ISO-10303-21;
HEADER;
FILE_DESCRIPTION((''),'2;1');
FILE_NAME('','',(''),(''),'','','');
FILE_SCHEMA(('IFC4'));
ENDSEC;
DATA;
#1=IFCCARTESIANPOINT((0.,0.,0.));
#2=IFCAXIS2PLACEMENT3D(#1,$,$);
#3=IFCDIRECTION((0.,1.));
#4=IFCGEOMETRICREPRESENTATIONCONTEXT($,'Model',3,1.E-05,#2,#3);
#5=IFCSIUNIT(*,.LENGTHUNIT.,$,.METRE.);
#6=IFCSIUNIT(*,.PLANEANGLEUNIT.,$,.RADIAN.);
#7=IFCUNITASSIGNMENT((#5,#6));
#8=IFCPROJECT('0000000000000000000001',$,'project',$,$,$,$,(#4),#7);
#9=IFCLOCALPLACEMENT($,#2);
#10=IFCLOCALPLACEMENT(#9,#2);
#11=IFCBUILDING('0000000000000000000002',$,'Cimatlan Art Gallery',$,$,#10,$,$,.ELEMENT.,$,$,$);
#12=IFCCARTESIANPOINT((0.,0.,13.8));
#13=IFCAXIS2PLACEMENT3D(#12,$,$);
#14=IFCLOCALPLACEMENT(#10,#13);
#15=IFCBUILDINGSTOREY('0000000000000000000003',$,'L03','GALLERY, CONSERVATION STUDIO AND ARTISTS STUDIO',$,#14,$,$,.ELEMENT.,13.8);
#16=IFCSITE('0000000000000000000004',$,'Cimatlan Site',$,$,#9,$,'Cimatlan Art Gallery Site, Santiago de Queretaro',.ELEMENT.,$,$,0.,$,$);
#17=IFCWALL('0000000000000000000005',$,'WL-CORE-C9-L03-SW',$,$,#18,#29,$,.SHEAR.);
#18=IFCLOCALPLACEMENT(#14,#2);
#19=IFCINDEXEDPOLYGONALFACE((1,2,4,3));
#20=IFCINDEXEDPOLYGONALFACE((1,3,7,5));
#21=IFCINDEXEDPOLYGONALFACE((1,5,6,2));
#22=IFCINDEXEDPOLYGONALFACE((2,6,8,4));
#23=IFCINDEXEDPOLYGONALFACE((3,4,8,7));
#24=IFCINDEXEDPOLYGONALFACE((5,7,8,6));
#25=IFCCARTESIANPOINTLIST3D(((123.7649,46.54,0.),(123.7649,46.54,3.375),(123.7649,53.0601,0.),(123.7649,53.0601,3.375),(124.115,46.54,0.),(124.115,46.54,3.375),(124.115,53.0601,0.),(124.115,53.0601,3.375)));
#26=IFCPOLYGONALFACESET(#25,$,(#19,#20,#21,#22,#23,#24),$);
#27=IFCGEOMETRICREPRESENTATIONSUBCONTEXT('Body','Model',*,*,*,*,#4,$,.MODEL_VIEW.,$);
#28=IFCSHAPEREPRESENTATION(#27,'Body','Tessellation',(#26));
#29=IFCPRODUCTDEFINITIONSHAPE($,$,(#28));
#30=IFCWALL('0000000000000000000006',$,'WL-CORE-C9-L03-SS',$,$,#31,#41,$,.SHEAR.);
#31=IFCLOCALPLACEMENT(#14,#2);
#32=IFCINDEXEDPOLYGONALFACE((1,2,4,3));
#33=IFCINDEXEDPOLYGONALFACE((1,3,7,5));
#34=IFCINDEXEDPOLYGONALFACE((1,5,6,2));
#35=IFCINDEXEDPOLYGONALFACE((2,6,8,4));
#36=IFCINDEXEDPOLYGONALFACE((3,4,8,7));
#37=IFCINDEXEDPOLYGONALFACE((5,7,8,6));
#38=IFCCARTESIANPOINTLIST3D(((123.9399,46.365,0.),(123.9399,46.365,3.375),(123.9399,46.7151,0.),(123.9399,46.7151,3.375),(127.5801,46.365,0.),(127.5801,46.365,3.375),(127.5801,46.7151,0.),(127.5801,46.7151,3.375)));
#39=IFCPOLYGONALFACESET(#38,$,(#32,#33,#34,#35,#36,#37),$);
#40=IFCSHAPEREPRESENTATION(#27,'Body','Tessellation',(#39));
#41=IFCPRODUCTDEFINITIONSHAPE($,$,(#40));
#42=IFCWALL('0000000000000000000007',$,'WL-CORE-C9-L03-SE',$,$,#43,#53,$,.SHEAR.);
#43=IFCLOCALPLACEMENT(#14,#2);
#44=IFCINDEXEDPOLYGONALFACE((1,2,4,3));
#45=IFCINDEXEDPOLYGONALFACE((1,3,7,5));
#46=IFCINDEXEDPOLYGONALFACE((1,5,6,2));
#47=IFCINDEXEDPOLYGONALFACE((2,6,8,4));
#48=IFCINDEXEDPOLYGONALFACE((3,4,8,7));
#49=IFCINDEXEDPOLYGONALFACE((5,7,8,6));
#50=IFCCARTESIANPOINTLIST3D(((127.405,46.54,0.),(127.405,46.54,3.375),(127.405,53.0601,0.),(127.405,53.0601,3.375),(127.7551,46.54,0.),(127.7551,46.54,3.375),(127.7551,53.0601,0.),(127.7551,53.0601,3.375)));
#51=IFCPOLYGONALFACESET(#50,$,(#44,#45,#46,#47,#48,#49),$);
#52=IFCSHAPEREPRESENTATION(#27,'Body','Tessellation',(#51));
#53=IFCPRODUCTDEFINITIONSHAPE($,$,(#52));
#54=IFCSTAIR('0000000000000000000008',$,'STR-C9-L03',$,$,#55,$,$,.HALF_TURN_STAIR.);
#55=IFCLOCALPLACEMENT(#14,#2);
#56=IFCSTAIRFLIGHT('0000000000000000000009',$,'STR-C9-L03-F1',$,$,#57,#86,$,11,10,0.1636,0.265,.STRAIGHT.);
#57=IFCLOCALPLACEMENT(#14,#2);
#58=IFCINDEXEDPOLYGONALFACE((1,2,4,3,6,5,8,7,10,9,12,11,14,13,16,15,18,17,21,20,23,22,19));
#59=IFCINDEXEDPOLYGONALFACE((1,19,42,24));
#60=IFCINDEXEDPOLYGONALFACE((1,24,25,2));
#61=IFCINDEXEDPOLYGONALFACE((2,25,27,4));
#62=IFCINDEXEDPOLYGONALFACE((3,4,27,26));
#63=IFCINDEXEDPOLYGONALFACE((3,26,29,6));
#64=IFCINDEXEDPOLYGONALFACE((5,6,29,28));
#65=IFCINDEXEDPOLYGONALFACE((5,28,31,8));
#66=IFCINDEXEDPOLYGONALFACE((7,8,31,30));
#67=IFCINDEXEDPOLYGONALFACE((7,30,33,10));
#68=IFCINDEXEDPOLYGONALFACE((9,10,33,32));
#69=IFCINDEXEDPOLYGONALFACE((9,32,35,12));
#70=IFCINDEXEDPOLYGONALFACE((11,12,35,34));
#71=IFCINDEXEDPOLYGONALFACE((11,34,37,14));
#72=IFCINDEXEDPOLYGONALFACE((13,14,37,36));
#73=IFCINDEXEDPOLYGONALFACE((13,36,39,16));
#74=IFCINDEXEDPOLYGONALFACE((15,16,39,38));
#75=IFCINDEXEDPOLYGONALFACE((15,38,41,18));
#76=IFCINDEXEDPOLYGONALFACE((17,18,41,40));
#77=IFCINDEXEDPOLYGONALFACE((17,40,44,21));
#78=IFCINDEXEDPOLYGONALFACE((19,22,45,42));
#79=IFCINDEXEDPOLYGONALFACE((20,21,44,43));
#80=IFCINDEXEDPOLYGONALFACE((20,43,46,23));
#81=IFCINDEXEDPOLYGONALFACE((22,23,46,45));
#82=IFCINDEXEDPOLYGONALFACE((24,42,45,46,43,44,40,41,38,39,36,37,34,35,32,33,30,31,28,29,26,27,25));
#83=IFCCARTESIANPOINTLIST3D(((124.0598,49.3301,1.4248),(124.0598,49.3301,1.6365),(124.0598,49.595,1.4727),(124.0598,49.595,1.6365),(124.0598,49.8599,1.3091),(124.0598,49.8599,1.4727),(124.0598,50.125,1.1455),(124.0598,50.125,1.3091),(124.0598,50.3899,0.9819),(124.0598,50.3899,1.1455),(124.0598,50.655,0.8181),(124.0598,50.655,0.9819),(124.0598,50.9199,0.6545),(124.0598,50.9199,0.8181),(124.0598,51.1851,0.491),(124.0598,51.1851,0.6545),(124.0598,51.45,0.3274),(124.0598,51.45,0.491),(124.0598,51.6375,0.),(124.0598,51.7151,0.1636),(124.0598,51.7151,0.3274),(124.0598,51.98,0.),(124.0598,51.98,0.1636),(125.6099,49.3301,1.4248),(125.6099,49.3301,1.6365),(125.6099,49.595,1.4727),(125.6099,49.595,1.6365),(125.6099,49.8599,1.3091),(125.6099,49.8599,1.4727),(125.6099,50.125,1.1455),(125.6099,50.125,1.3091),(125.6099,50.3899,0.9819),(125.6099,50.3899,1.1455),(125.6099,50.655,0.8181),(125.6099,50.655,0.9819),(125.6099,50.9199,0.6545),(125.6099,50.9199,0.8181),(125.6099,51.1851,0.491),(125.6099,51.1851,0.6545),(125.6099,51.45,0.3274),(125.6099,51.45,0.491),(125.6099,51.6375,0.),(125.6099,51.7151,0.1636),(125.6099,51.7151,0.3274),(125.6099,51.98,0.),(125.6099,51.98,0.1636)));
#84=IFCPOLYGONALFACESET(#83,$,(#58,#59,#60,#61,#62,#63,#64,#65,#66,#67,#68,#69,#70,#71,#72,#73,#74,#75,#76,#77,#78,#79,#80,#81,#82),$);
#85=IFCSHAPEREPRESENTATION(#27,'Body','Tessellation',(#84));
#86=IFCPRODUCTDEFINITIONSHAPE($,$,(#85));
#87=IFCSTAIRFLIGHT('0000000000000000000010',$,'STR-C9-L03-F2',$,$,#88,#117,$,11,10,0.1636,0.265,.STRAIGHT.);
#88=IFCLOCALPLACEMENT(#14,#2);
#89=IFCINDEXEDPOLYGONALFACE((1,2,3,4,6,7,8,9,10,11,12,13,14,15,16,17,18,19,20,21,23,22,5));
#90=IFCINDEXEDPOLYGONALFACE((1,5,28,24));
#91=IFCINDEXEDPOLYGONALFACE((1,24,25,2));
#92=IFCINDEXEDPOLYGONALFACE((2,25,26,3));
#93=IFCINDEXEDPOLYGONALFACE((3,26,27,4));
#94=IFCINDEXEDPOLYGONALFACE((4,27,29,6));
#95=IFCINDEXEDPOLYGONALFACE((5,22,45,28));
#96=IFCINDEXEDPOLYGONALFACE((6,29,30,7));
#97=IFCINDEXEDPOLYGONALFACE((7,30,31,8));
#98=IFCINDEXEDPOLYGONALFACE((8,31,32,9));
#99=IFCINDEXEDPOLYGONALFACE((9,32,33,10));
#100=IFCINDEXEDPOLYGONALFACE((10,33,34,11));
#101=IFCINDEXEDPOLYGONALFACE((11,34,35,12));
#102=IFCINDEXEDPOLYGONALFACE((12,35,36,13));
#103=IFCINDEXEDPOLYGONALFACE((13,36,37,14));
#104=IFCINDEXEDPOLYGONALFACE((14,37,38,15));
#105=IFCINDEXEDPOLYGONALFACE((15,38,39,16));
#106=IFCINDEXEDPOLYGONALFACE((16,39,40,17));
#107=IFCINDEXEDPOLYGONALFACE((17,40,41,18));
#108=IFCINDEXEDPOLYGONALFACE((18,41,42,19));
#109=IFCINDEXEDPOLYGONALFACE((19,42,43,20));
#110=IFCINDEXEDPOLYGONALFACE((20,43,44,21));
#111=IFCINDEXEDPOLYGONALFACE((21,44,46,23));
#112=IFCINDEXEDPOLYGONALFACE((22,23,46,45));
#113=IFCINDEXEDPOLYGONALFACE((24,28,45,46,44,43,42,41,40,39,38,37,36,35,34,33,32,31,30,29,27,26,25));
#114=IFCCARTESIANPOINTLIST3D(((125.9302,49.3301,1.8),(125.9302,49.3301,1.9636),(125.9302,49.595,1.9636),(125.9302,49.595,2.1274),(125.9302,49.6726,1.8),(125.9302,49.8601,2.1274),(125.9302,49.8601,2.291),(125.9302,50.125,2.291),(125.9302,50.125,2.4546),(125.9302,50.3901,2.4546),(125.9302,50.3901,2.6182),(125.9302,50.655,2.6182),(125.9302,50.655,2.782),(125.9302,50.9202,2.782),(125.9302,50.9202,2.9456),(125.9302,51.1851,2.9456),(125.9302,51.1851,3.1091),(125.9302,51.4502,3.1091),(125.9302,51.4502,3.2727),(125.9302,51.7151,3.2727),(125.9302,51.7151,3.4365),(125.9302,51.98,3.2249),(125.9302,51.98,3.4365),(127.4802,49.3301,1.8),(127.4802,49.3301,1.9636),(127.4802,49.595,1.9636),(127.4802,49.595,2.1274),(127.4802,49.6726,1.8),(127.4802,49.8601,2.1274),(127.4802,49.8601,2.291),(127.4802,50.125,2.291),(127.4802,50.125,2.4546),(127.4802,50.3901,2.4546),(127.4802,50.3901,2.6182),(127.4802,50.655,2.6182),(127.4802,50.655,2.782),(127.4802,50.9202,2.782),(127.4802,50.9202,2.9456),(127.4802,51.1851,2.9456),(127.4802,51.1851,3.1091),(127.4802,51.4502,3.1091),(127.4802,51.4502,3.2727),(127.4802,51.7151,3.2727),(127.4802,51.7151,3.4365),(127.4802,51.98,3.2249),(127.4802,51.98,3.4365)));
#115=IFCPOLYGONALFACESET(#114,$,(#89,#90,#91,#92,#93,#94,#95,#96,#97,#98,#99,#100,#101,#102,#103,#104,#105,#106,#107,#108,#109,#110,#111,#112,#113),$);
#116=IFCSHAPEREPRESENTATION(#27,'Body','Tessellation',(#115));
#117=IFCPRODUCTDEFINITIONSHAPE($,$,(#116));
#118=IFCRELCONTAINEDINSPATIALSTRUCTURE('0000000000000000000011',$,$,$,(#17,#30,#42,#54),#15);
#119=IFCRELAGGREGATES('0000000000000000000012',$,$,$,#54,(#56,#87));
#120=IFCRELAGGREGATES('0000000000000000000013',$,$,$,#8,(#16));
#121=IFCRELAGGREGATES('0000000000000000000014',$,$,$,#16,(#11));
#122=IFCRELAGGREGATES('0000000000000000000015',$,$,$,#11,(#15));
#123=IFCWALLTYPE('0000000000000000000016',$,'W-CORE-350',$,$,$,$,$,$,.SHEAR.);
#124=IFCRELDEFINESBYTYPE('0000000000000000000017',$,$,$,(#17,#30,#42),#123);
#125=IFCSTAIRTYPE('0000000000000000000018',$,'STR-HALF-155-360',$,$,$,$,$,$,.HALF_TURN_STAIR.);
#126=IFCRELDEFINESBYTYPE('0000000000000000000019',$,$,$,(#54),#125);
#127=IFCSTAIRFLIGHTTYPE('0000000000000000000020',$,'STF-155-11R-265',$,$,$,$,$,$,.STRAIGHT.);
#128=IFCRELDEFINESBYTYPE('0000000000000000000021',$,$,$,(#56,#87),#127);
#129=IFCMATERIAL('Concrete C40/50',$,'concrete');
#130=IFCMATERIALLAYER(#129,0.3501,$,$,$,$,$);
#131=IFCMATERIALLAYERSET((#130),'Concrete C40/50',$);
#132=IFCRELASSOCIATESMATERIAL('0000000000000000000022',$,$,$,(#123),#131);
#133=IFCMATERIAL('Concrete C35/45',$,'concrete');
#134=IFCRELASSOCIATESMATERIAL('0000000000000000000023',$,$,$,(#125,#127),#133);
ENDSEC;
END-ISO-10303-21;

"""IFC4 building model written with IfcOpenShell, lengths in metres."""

from ifc_helpers import new_model, si_unit, direction, frame, frame_2d, origin, place, context, subcontext, project, spatial, polyline, rectangle, outline, extrude, material, layer, layer_set, type_object, element, aggregate, save


model = new_model("IFC4")

# Units and contexts
model_context = context("Model", 3, precision=1e-05, world=origin(), true_north=direction((0.0, 1.0)))
body_context = subcontext(model_context, "Body", "Model", "MODEL_VIEW")
ifc_project = project(units=[si_unit("LENGTHUNIT", "METRE"), si_unit("PLANEANGLEUNIT", "RADIAN")], contexts=[model_context])

# Site, building, storey
site_placement = place(None, origin())
site = spatial("IfcSite", under=ifc_project, at=site_placement, Name="Cimatlan Site", LongName="Cimatlan Art Gallery Site, Santiago de Queretaro", CompositionType="ELEMENT", RefElevation=0.0)
building_placement = place(site_placement, origin())
building = spatial("IfcBuilding", under=site, at=building_placement, Name="Cimatlan Art Gallery", CompositionType="ELEMENT")
storey_placement = place(building_placement, frame((0.0, 0.0, 13.8)))
storey = spatial("IfcBuildingStorey", under=building, at=storey_placement, Name="L03", Description="GALLERY, CONSERVATION STUDIO AND ARTISTS STUDIO", CompositionType="ELEMENT", Elevation=13.8)

# Walls
ifc_material_1 = material(Name="Concrete C40/50", Category="concrete")
ifc_layer_1 = layer(ifc_material_1, 0.3501)
ifc_layer_set_1 = layer_set([ifc_layer_1], Name="Concrete C40/50")
wall_type = type_object("IfcWallType", Name="W-CORE-350", PredefinedType="SHEAR", material=ifc_layer_set_1)
wall_1_placement = place(storey_placement, frame((123.9399, 46.54, 0.0), z_axis=(0.0, 0.0, 1.0), x_axis=(0.0, 1.0, 0.0)))
element("IfcWall", 1, at=wall_1_placement, inside=storey, type_object=wall_type, Name="WL-CORE-C9-L03-SW", PredefinedType="SHEAR", context=body_context, shape_type="SweptSolid", body=[
    extrude(rectangle(XDim=6.52, YDim=0.3501, at=frame_2d((3.26, 0.0))), origin(), (0.0, 0.0, 1.0), 3.375),
])
wall_2_placement = place(storey_placement, frame((123.9399, 46.54, 0.0), z_axis=(0.0, 0.0, 1.0), x_axis=(1.0, 0.0, 0.0)))
element("IfcWall", 2, at=wall_2_placement, inside=storey, type_object=wall_type, Name="WL-CORE-C9-L03-SS", PredefinedType="SHEAR", context=body_context, shape_type="SweptSolid", body=[
    extrude(rectangle(XDim=3.6401, YDim=0.3501, at=frame_2d((1.8201, 0.0))), origin(), (0.0, 0.0, 1.0), 3.375),
])
wall_3_placement = place(storey_placement, frame((127.5801, 46.54, 0.0), z_axis=(0.0, 0.0, 1.0), x_axis=(0.0, 1.0, 0.0)))
element("IfcWall", 3, at=wall_3_placement, inside=storey, type_object=wall_type, Name="WL-CORE-C9-L03-SE", PredefinedType="SHEAR", context=body_context, shape_type="SweptSolid", body=[
    extrude(rectangle(XDim=6.52, YDim=0.3501, at=frame_2d((3.26, 0.0))), origin(), (0.0, 0.0, 1.0), 3.375),
])

# Stair, stair flights
ifc_material_2 = material(Name="Concrete C35/45", Category="concrete")
stair_type = type_object("IfcStairType", Name="STR-HALF-155-360", PredefinedType="HALF_TURN_STAIR", material=ifc_material_2)
stair_placement = place(storey_placement, origin())
stair = element("IfcStair", 4, at=stair_placement, inside=storey, type_object=stair_type, Name="STR-C9-L03", PredefinedType="HALF_TURN_STAIR")
stair_flight_type = type_object("IfcStairFlightType", Name="STF-155-11R-265", PredefinedType="STRAIGHT", material=ifc_material_2)
stair_flight_1_placement = place(storey_placement, frame((124.835, 51.98, 0.0), z_axis=(0.0, 0.0, 1.0), x_axis=(0.0, -1.0, 0.0)))
stair_flight_1 = element("IfcStairFlight", 5, at=stair_flight_1_placement, type_object=stair_flight_type, Name="STR-C9-L03-F1", NumberOfRisers=11, NumberOfTreads=10, PredefinedType="STRAIGHT", RiserHeight=0.1636, TreadLength=0.265, context=body_context, shape_type="SweptSolid", body=[
    extrude(outline(polyline([(0.0, 0.0), (0.0, 0.1636), (0.2649, 0.1636), (0.2649, 0.3274), (0.53, 0.3274), (0.53, 0.491), (0.7949, 0.491), (0.7949, 0.6545), (1.0601, 0.6545), (1.0601, 0.8181), (1.325, 0.8181), (1.325, 0.9819), (1.5901, 0.9819), (1.5901, 1.1455), (1.855, 1.1455), (1.855, 1.3091), (2.1201, 1.3091), (2.1201, 1.4727), (2.385, 1.4727), (2.385, 1.6365), (2.6499, 1.6365), (2.6499, 1.8), (2.6499, 1.4248), (0.3425, 0.0), (0.0, 0.0)])), frame((0.0, 0.7749, 0.0), z_axis=(0.0, -1.0, 0.0), x_axis=(1.0, 0.0, 0.0)), (0.0, 0.0, 1.0), 1.55),
])
stair_flight_2_placement = place(storey_placement, frame((126.7051, 49.3301, 1.8), z_axis=(0.0, 0.0, 1.0), x_axis=(0.0, 1.0, 0.0)))
stair_flight_2 = element("IfcStairFlight", 6, at=stair_flight_2_placement, type_object=stair_flight_type, Name="STR-C9-L03-F2", NumberOfRisers=11, NumberOfTreads=10, PredefinedType="STRAIGHT", RiserHeight=0.1636, TreadLength=0.265, context=body_context, shape_type="SweptSolid", body=[
    extrude(outline(polyline([(0.0, 0.0), (0.0, 0.1636), (0.2649, 0.1636), (0.2649, 0.3274), (0.53, 0.3274), (0.53, 0.491), (0.7949, 0.491), (0.7949, 0.6545), (1.0601, 0.6545), (1.0601, 0.8181), (1.325, 0.8181), (1.325, 0.9819), (1.5901, 0.9819), (1.5901, 1.1455), (1.855, 1.1455), (1.855, 1.3091), (2.1201, 1.3091), (2.1201, 1.4727), (2.385, 1.4727), (2.385, 1.6365), (2.6499, 1.6365), (2.6499, 1.8), (2.6499, 1.4248), (0.3425, 0.0), (0.0, 0.0)])), frame((0.0, 0.7749, 0.0), z_axis=(0.0, -1.0, 0.0), x_axis=(1.0, 0.0, 0.0)), (0.0, 0.0, 1.0), 1.55),
])
aggregate(stair, [stair_flight_1, stair_flight_2])

save(model, "model.ifc")
